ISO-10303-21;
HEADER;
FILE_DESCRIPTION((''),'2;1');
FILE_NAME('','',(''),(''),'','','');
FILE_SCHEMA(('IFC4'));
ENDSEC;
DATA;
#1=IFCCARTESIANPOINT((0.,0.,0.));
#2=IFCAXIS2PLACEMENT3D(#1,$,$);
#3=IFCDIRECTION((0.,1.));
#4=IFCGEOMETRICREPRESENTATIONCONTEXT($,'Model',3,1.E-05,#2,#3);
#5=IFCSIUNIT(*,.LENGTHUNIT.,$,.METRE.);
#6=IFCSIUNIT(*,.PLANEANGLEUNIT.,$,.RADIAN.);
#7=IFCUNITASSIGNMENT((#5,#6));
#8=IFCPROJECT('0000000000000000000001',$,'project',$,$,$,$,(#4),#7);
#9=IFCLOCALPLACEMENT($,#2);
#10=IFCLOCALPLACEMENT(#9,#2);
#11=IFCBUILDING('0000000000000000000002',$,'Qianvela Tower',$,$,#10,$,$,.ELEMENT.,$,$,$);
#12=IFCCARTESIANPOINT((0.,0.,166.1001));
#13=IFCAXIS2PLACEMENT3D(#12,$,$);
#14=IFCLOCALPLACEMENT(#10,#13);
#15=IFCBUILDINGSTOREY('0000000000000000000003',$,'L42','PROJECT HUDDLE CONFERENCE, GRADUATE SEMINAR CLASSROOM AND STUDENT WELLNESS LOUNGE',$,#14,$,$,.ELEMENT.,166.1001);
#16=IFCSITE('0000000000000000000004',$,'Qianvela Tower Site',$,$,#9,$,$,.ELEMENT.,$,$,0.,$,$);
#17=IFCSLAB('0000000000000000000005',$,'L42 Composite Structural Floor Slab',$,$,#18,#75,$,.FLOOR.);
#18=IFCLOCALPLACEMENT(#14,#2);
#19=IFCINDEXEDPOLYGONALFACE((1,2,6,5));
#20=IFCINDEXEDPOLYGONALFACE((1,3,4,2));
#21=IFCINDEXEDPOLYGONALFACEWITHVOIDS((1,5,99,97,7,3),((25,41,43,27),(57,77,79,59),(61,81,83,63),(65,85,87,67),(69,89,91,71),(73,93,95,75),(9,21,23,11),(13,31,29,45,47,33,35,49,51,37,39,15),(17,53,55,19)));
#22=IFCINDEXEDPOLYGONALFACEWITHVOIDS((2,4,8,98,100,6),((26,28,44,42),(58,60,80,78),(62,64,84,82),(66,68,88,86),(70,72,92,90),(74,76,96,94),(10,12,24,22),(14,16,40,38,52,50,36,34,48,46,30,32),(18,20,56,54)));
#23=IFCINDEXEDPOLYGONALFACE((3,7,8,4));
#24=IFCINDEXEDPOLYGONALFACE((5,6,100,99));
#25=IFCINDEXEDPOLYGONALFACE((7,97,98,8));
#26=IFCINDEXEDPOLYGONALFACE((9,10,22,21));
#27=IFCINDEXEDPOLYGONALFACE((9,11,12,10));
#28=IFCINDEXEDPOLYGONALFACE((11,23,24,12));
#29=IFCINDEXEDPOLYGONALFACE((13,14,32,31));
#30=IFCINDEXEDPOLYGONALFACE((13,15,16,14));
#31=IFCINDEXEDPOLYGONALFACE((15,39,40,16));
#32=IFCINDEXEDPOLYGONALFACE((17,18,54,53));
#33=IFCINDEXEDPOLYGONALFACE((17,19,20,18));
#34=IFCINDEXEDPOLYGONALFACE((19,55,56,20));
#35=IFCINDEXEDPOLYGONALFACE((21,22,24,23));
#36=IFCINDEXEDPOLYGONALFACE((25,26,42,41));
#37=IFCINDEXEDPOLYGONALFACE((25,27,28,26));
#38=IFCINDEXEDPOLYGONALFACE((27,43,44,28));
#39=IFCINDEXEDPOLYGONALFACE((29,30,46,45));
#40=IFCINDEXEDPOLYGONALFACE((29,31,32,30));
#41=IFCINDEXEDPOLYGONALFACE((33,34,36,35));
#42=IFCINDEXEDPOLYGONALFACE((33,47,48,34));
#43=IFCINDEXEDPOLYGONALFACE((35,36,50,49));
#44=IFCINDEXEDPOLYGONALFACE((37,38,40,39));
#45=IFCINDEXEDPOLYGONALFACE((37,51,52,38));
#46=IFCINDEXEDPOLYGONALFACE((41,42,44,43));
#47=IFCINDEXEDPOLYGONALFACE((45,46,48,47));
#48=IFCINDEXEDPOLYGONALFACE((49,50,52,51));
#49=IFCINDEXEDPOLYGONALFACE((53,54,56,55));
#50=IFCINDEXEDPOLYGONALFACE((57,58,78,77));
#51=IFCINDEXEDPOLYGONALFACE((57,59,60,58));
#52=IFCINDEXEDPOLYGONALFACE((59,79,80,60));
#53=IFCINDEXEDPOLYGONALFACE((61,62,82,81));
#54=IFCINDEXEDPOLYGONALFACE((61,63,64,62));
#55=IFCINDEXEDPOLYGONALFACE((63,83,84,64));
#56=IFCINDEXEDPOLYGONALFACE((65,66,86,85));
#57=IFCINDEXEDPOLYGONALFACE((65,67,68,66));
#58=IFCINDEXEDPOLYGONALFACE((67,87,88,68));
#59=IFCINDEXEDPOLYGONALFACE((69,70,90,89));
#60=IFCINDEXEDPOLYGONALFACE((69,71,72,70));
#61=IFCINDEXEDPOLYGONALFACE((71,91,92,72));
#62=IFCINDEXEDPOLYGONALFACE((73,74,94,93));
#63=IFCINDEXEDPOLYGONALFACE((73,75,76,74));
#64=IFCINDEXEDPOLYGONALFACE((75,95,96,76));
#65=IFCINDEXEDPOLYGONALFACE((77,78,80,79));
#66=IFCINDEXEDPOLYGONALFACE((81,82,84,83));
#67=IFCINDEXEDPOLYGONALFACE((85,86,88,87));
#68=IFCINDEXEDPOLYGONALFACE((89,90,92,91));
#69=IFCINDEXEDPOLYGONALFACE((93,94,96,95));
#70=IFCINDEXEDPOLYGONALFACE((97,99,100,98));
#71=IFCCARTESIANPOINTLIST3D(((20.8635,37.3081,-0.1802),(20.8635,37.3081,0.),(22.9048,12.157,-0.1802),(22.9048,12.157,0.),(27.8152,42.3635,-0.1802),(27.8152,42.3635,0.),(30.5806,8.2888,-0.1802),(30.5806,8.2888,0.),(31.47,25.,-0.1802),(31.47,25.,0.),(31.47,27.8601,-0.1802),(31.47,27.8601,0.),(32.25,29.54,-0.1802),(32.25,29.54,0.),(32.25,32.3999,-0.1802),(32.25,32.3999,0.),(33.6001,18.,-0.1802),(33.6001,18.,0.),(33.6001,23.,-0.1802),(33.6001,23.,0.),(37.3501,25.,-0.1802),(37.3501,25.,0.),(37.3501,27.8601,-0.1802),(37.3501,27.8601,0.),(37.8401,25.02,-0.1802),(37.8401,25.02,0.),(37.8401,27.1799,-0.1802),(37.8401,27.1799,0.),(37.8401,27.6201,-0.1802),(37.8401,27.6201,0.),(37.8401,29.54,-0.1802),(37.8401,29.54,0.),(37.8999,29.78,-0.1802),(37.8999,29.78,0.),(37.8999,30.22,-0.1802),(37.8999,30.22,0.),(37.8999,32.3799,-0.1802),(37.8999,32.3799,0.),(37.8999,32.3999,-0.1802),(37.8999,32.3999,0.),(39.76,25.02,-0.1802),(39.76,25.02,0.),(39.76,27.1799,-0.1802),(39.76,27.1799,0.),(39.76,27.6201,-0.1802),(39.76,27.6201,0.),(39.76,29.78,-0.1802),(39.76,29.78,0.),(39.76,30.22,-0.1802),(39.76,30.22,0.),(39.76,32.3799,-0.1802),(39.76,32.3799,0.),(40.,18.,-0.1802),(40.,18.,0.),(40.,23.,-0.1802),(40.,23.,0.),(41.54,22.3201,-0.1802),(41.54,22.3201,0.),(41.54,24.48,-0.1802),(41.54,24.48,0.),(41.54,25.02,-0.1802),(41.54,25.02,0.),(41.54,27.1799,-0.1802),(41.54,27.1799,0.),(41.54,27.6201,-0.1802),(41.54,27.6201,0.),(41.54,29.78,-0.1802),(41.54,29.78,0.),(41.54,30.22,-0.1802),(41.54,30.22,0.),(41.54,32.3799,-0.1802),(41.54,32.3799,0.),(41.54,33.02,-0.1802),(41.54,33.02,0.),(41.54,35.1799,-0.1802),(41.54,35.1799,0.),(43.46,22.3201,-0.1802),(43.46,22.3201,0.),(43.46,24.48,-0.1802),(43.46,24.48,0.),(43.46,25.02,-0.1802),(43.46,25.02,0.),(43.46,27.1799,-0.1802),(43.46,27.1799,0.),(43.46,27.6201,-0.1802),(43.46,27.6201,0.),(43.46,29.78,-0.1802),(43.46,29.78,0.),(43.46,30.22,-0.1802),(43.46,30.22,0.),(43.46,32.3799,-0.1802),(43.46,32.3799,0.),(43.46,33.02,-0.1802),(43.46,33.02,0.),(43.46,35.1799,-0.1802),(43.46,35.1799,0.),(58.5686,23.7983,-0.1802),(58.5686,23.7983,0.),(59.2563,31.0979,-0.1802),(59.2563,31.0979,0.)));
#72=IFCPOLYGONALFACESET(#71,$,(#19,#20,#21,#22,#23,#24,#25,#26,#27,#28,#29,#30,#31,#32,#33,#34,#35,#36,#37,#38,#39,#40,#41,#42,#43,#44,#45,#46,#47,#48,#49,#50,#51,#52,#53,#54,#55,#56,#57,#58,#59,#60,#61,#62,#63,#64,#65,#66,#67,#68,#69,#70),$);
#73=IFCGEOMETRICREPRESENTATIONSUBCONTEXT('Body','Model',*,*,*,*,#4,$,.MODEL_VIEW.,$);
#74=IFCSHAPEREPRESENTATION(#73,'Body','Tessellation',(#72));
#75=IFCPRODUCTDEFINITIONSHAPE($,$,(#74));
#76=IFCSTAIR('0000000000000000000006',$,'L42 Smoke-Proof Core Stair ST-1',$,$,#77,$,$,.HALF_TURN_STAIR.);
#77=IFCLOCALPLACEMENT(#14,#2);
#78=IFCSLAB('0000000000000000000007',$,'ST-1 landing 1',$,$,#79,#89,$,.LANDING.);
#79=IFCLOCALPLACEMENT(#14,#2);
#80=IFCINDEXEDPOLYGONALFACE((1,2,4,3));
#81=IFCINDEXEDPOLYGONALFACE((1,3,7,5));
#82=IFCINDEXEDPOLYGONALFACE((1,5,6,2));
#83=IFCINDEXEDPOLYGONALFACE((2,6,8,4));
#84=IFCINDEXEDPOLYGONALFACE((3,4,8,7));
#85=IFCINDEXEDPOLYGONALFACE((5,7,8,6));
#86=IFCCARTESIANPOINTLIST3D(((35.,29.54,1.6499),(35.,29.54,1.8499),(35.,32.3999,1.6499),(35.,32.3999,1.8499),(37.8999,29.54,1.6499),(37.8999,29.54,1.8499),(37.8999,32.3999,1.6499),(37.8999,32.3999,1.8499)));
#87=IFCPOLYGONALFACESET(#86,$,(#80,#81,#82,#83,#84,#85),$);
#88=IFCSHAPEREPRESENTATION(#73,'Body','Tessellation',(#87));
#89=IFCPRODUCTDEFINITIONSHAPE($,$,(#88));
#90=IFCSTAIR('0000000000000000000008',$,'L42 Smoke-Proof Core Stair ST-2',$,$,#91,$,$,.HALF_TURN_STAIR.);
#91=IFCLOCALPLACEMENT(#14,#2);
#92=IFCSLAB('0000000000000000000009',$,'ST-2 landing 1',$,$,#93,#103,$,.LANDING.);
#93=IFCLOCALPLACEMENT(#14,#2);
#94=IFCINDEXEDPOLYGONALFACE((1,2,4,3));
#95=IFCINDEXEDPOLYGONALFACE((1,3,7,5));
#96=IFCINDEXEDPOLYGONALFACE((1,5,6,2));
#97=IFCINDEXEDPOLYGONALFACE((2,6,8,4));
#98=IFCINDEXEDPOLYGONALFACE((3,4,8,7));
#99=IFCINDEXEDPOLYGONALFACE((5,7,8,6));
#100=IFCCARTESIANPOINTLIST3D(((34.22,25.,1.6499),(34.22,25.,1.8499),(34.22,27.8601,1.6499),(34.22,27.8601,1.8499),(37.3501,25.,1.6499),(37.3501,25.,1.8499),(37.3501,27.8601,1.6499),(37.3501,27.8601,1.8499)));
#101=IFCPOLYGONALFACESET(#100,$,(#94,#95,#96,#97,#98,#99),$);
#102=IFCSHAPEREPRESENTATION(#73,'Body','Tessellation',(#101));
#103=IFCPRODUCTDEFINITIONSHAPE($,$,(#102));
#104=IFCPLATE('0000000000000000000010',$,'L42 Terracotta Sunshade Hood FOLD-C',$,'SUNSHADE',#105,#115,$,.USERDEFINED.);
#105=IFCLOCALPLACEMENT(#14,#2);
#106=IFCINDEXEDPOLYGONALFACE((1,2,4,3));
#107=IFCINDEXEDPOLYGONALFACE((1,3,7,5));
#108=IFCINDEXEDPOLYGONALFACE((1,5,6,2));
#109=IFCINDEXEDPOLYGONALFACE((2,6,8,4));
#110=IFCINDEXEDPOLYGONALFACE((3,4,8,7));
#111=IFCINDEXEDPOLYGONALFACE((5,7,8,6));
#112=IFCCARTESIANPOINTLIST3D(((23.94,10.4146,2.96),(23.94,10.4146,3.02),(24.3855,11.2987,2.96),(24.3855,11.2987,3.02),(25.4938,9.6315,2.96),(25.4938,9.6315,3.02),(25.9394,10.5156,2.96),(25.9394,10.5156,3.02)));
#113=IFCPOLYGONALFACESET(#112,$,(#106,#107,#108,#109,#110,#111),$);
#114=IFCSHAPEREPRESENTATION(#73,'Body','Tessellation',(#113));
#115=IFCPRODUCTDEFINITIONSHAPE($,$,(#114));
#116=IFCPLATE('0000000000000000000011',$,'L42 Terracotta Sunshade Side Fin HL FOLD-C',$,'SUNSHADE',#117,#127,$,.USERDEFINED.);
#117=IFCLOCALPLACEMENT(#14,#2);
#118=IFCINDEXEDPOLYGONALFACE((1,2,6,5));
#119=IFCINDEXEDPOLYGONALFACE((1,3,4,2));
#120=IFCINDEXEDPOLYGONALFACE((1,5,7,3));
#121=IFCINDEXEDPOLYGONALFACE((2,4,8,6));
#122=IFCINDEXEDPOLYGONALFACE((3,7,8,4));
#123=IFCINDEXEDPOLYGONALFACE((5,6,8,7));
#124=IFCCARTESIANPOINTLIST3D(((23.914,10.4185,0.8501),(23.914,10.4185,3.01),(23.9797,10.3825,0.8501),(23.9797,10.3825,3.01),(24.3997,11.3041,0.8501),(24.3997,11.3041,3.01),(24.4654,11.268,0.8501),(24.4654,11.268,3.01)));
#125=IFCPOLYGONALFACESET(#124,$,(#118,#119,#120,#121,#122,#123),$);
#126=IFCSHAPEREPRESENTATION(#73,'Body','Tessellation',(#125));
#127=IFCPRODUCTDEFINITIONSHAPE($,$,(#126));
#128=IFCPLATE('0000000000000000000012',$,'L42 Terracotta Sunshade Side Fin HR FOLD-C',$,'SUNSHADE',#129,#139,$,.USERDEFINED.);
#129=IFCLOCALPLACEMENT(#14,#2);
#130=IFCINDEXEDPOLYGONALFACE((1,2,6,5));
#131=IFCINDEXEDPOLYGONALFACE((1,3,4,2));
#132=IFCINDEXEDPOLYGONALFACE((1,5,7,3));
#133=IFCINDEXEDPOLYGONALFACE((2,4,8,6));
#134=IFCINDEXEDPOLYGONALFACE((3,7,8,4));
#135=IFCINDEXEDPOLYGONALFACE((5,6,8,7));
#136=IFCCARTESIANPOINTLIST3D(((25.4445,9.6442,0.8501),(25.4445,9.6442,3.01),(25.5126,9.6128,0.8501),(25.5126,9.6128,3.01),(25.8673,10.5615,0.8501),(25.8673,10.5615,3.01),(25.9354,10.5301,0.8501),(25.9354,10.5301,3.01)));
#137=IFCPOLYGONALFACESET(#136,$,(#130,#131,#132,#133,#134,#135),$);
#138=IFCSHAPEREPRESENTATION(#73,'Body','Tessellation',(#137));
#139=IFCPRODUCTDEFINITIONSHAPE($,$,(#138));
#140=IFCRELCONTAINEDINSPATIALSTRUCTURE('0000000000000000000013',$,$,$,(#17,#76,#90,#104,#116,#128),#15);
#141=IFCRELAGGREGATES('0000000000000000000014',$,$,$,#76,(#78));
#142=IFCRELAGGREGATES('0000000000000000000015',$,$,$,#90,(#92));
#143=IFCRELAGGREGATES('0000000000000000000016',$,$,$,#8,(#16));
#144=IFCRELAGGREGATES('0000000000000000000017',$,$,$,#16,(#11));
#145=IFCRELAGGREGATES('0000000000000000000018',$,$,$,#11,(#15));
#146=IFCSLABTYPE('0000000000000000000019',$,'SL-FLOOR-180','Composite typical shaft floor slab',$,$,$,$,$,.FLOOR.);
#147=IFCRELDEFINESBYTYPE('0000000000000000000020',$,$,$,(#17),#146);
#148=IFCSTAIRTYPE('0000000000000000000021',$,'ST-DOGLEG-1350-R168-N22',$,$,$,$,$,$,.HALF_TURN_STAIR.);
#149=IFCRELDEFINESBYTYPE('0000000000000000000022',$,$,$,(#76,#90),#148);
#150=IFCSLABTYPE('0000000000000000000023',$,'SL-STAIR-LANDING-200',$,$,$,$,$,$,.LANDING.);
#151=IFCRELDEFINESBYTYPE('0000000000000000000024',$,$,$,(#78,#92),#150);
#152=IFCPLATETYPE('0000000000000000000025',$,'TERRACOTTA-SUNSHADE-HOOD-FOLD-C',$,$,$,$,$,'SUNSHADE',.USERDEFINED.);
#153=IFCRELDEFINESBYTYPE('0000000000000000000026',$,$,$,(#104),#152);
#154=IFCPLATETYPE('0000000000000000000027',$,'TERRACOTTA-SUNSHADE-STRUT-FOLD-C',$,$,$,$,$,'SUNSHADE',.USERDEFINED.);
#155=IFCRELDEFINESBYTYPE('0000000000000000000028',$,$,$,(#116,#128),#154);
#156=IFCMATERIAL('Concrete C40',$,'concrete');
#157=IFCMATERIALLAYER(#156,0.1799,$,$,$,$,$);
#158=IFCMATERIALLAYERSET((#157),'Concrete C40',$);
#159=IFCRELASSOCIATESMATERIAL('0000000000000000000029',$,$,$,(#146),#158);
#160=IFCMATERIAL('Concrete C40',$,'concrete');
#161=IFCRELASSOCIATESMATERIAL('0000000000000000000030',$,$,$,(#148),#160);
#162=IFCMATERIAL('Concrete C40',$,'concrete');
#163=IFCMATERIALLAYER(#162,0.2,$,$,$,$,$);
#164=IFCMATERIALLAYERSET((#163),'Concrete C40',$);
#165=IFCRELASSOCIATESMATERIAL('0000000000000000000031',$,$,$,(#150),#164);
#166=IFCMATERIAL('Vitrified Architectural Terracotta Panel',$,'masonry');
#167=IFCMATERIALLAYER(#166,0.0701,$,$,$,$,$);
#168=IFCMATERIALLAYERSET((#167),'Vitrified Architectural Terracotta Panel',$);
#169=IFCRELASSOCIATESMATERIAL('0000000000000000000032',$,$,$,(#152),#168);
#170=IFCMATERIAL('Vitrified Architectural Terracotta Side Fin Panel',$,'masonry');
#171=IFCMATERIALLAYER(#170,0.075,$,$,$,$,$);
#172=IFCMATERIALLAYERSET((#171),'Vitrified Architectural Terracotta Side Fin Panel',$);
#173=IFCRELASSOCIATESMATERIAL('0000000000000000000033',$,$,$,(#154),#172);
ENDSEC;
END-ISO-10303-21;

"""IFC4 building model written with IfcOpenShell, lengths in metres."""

from ifc_helpers import new_model, si_unit, direction, frame, origin, origin_2d, place, context, subcontext, project, spatial, polyline, rectangle, outline, extrude, material, layer, layer_set, type_object, element, aggregate, save


model = new_model("IFC4")

# Units and contexts
model_context = context("Model", 3, precision=1e-05, world=origin(), true_north=direction((0.0, 1.0)))
body_context = subcontext(model_context, "Body", "Model", "MODEL_VIEW")
ifc_project = project(units=[si_unit("LENGTHUNIT", "METRE"), si_unit("PLANEANGLEUNIT", "RADIAN")], contexts=[model_context])

# Site, building, storey
site_placement = place(None, origin())
site = spatial("IfcSite", under=ifc_project, at=site_placement, Name="Qianvela Tower Site", CompositionType="ELEMENT", RefElevation=0.0)
building_placement = place(site_placement, origin())
building = spatial("IfcBuilding", under=site, at=building_placement, Name="Qianvela Tower", CompositionType="ELEMENT")
storey_placement = place(building_placement, frame((0.0, 0.0, 166.1001)))
storey = spatial("IfcBuildingStorey", under=building, at=storey_placement, Name="L42", Description="PROJECT HUDDLE CONFERENCE, GRADUATE SEMINAR CLASSROOM AND STUDENT WELLNESS LOUNGE", CompositionType="ELEMENT", Elevation=166.1001)

# Slab
ifc_material_1 = material(Name="Concrete C40", Category="concrete")
ifc_layer_1 = layer(ifc_material_1, 0.1799)
ifc_layer_set_1 = layer_set([ifc_layer_1], Name="Concrete C40")
slab_type_1 = type_object("IfcSlabType", Name="SL-FLOOR-180", Description="Composite typical shaft floor slab", PredefinedType="FLOOR", material=ifc_layer_set_1)
slab_1_placement = place(storey_placement, frame((0.0, 0.0, -0.1802)))
element("IfcSlab", 1, at=slab_1_placement, inside=storey, type_object=slab_type_1, Name="L42 Composite Structural Floor Slab", PredefinedType="FLOOR", context=body_context, shape_type="SweptSolid", body=[
    extrude(outline(polyline([(58.5686, 23.7983), (59.2563, 31.0979), (27.8152, 42.3635), (20.8635, 37.3081), (22.9048, 12.157), (30.5806, 8.2888), (58.5686, 23.7983)]), holes=[polyline([(40.0, 23.0), (33.6001, 23.0), (33.6001, 18.0), (40.0, 18.0), (40.0, 23.0)]), polyline([(39.76, 27.1799), (37.8401, 27.1799), (37.8401, 25.02), (39.76, 25.02), (39.76, 27.1799)]), polyline([(37.3501, 27.8601), (31.47, 27.8601), (31.47, 25.0), (37.3501, 25.0), (37.3501, 27.8601)]), polyline([(37.8401, 27.6201), (39.76, 27.6201), (39.76, 29.78), (37.8999, 29.78), (37.8999, 30.22), (39.76, 30.22), (39.76, 32.3799), (37.8999, 32.3799), (37.8999, 32.3999), (32.25, 32.3999), (32.25, 29.54), (37.8401, 29.54), (37.8401, 27.6201)]), polyline([(43.46, 22.3201), (43.46, 24.48), (41.54, 24.48), (41.54, 22.3201), (43.46, 22.3201)]), polyline([(43.46, 25.02), (43.46, 27.1799), (41.54, 27.1799), (41.54, 25.02), (43.46, 25.02)]), polyline([(43.46, 29.78), (41.54, 29.78), (41.54, 27.6201), (43.46, 27.6201), (43.46, 29.78)]), polyline([(43.46, 30.22), (43.46, 32.3799), (41.54, 32.3799), (41.54, 30.22), (43.46, 30.22)]), polyline([(43.46, 33.02), (43.46, 35.1799), (41.54, 35.1799), (41.54, 33.02), (43.46, 33.02)])]), origin(), (0.0, 0.0, 1.0), 0.1802),
])

# Stairs, slabs
ifc_material_2 = material(Name="Concrete C40", Category="concrete")
stair_type = type_object("IfcStairType", Name="ST-DOGLEG-1350-R168-N22", PredefinedType="HALF_TURN_STAIR", material=ifc_material_2)
stair_1_placement = place(storey_placement, origin())
stair_1 = element("IfcStair", 2, at=stair_1_placement, inside=storey, type_object=stair_type, Name="L42 Smoke-Proof Core Stair ST-1", PredefinedType="HALF_TURN_STAIR")
ifc_material_3 = material(Name="Concrete C40", Category="concrete")
ifc_layer_2 = layer(ifc_material_3, 0.2)
ifc_layer_set_2 = layer_set([ifc_layer_2], Name="Concrete C40")
slab_type_2 = type_object("IfcSlabType", Name="SL-STAIR-LANDING-200", PredefinedType="LANDING", material=ifc_layer_set_2)
slab_2_placement = place(storey_placement, frame((0.0, 0.0, 1.6499)))
slab_2 = element("IfcSlab", 3, at=slab_2_placement, type_object=slab_type_2, Name="ST-1 landing 1", PredefinedType="LANDING", context=body_context, shape_type="SweptSolid", body=[
    extrude(outline(polyline([(35.0, 29.54), (37.8999, 29.54), (37.8999, 32.3999), (35.0, 32.3999), (35.0, 29.54)])), origin(), (0.0, 0.0, 1.0), 0.2),
])
aggregate(stair_1, [slab_2])
stair_2_placement = place(storey_placement, origin())
stair_2 = element("IfcStair", 4, at=stair_2_placement, inside=storey, type_object=stair_type, Name="L42 Smoke-Proof Core Stair ST-2", PredefinedType="HALF_TURN_STAIR")
slab_3_placement = place(storey_placement, frame((0.0, 0.0, 1.6499)))
slab_3 = element("IfcSlab", 5, at=slab_3_placement, type_object=slab_type_2, Name="ST-2 landing 1", PredefinedType="LANDING", context=body_context, shape_type="SweptSolid", body=[
    extrude(outline(polyline([(34.22, 25.0), (37.3501, 25.0), (37.3501, 27.8601), (34.22, 27.8601), (34.22, 25.0)])), origin(), (0.0, 0.0, 1.0), 0.2),
])
aggregate(stair_2, [slab_3])

# Plates
ifc_material_4 = material(Name="Vitrified Architectural Terracotta Panel", Category="masonry")
ifc_layer_3 = layer(ifc_material_4, 0.0701)
ifc_layer_set_3 = layer_set([ifc_layer_3], Name="Vitrified Architectural Terracotta Panel")
plate_type_1 = type_object("IfcPlateType", Name="TERRACOTTA-SUNSHADE-HOOD-FOLD-C", ElementType="SUNSHADE", PredefinedType="USERDEFINED", material=ifc_layer_set_3)
plate_1_placement = place(storey_placement, frame((24.9397, 10.4651, 2.96), z_axis=(0.0, 0.0, 1.0), x_axis=(0.89301, -0.450036, 0.0)))
element("IfcPlate", 6, at=plate_1_placement, inside=storey, type_object=plate_type_1, Name="L42 Terracotta Sunshade Hood FOLD-C", ObjectType="SUNSHADE", PredefinedType="USERDEFINED", context=body_context, shape_type="SweptSolid", body=[
    extrude(rectangle(XDim=1.74, YDim=0.99, at=origin_2d()), origin(), (0.0, 0.0, 1.0), 0.0601),
])
ifc_material_5 = material(Name="Vitrified Architectural Terracotta Side Fin Panel", Category="masonry")
ifc_layer_4 = layer(ifc_material_5, 0.075)
ifc_layer_set_4 = layer_set([ifc_layer_4], Name="Vitrified Architectural Terracotta Side Fin Panel")
plate_type_2 = type_object("IfcPlateType", Name="TERRACOTTA-SUNSHADE-STRUT-FOLD-C", ElementType="SUNSHADE", PredefinedType="USERDEFINED", material=ifc_layer_set_4)
for number, where, z_axis, x_axis, name in (
    (7, (24.1897, 10.8433, 0.8501), (0.0, 0.0, 1.0), (0.87676, -0.480928, 0.0), "L42 Terracotta Sunshade Side Fin HL FOLD-C"),
    (8, (25.6899, 10.0872, 0.8501), (0.0, 0.0, 1.0), (0.908172, -0.418596, 0.0), "L42 Terracotta Sunshade Side Fin HR FOLD-C"),
):
    element("IfcPlate", number, at=place(storey_placement, frame(where, z_axis=z_axis, x_axis=x_axis)), inside=storey, type_object=plate_type_2, Name=name, ObjectType="SUNSHADE", PredefinedType="USERDEFINED", context=body_context, shape_type="SweptSolid", body=[
        extrude(rectangle(XDim=0.075, YDim=1.01, at=origin_2d()), origin(), (0.0, 0.0, 1.0), 2.1599),
    ])

save(model, "model.ifc")
